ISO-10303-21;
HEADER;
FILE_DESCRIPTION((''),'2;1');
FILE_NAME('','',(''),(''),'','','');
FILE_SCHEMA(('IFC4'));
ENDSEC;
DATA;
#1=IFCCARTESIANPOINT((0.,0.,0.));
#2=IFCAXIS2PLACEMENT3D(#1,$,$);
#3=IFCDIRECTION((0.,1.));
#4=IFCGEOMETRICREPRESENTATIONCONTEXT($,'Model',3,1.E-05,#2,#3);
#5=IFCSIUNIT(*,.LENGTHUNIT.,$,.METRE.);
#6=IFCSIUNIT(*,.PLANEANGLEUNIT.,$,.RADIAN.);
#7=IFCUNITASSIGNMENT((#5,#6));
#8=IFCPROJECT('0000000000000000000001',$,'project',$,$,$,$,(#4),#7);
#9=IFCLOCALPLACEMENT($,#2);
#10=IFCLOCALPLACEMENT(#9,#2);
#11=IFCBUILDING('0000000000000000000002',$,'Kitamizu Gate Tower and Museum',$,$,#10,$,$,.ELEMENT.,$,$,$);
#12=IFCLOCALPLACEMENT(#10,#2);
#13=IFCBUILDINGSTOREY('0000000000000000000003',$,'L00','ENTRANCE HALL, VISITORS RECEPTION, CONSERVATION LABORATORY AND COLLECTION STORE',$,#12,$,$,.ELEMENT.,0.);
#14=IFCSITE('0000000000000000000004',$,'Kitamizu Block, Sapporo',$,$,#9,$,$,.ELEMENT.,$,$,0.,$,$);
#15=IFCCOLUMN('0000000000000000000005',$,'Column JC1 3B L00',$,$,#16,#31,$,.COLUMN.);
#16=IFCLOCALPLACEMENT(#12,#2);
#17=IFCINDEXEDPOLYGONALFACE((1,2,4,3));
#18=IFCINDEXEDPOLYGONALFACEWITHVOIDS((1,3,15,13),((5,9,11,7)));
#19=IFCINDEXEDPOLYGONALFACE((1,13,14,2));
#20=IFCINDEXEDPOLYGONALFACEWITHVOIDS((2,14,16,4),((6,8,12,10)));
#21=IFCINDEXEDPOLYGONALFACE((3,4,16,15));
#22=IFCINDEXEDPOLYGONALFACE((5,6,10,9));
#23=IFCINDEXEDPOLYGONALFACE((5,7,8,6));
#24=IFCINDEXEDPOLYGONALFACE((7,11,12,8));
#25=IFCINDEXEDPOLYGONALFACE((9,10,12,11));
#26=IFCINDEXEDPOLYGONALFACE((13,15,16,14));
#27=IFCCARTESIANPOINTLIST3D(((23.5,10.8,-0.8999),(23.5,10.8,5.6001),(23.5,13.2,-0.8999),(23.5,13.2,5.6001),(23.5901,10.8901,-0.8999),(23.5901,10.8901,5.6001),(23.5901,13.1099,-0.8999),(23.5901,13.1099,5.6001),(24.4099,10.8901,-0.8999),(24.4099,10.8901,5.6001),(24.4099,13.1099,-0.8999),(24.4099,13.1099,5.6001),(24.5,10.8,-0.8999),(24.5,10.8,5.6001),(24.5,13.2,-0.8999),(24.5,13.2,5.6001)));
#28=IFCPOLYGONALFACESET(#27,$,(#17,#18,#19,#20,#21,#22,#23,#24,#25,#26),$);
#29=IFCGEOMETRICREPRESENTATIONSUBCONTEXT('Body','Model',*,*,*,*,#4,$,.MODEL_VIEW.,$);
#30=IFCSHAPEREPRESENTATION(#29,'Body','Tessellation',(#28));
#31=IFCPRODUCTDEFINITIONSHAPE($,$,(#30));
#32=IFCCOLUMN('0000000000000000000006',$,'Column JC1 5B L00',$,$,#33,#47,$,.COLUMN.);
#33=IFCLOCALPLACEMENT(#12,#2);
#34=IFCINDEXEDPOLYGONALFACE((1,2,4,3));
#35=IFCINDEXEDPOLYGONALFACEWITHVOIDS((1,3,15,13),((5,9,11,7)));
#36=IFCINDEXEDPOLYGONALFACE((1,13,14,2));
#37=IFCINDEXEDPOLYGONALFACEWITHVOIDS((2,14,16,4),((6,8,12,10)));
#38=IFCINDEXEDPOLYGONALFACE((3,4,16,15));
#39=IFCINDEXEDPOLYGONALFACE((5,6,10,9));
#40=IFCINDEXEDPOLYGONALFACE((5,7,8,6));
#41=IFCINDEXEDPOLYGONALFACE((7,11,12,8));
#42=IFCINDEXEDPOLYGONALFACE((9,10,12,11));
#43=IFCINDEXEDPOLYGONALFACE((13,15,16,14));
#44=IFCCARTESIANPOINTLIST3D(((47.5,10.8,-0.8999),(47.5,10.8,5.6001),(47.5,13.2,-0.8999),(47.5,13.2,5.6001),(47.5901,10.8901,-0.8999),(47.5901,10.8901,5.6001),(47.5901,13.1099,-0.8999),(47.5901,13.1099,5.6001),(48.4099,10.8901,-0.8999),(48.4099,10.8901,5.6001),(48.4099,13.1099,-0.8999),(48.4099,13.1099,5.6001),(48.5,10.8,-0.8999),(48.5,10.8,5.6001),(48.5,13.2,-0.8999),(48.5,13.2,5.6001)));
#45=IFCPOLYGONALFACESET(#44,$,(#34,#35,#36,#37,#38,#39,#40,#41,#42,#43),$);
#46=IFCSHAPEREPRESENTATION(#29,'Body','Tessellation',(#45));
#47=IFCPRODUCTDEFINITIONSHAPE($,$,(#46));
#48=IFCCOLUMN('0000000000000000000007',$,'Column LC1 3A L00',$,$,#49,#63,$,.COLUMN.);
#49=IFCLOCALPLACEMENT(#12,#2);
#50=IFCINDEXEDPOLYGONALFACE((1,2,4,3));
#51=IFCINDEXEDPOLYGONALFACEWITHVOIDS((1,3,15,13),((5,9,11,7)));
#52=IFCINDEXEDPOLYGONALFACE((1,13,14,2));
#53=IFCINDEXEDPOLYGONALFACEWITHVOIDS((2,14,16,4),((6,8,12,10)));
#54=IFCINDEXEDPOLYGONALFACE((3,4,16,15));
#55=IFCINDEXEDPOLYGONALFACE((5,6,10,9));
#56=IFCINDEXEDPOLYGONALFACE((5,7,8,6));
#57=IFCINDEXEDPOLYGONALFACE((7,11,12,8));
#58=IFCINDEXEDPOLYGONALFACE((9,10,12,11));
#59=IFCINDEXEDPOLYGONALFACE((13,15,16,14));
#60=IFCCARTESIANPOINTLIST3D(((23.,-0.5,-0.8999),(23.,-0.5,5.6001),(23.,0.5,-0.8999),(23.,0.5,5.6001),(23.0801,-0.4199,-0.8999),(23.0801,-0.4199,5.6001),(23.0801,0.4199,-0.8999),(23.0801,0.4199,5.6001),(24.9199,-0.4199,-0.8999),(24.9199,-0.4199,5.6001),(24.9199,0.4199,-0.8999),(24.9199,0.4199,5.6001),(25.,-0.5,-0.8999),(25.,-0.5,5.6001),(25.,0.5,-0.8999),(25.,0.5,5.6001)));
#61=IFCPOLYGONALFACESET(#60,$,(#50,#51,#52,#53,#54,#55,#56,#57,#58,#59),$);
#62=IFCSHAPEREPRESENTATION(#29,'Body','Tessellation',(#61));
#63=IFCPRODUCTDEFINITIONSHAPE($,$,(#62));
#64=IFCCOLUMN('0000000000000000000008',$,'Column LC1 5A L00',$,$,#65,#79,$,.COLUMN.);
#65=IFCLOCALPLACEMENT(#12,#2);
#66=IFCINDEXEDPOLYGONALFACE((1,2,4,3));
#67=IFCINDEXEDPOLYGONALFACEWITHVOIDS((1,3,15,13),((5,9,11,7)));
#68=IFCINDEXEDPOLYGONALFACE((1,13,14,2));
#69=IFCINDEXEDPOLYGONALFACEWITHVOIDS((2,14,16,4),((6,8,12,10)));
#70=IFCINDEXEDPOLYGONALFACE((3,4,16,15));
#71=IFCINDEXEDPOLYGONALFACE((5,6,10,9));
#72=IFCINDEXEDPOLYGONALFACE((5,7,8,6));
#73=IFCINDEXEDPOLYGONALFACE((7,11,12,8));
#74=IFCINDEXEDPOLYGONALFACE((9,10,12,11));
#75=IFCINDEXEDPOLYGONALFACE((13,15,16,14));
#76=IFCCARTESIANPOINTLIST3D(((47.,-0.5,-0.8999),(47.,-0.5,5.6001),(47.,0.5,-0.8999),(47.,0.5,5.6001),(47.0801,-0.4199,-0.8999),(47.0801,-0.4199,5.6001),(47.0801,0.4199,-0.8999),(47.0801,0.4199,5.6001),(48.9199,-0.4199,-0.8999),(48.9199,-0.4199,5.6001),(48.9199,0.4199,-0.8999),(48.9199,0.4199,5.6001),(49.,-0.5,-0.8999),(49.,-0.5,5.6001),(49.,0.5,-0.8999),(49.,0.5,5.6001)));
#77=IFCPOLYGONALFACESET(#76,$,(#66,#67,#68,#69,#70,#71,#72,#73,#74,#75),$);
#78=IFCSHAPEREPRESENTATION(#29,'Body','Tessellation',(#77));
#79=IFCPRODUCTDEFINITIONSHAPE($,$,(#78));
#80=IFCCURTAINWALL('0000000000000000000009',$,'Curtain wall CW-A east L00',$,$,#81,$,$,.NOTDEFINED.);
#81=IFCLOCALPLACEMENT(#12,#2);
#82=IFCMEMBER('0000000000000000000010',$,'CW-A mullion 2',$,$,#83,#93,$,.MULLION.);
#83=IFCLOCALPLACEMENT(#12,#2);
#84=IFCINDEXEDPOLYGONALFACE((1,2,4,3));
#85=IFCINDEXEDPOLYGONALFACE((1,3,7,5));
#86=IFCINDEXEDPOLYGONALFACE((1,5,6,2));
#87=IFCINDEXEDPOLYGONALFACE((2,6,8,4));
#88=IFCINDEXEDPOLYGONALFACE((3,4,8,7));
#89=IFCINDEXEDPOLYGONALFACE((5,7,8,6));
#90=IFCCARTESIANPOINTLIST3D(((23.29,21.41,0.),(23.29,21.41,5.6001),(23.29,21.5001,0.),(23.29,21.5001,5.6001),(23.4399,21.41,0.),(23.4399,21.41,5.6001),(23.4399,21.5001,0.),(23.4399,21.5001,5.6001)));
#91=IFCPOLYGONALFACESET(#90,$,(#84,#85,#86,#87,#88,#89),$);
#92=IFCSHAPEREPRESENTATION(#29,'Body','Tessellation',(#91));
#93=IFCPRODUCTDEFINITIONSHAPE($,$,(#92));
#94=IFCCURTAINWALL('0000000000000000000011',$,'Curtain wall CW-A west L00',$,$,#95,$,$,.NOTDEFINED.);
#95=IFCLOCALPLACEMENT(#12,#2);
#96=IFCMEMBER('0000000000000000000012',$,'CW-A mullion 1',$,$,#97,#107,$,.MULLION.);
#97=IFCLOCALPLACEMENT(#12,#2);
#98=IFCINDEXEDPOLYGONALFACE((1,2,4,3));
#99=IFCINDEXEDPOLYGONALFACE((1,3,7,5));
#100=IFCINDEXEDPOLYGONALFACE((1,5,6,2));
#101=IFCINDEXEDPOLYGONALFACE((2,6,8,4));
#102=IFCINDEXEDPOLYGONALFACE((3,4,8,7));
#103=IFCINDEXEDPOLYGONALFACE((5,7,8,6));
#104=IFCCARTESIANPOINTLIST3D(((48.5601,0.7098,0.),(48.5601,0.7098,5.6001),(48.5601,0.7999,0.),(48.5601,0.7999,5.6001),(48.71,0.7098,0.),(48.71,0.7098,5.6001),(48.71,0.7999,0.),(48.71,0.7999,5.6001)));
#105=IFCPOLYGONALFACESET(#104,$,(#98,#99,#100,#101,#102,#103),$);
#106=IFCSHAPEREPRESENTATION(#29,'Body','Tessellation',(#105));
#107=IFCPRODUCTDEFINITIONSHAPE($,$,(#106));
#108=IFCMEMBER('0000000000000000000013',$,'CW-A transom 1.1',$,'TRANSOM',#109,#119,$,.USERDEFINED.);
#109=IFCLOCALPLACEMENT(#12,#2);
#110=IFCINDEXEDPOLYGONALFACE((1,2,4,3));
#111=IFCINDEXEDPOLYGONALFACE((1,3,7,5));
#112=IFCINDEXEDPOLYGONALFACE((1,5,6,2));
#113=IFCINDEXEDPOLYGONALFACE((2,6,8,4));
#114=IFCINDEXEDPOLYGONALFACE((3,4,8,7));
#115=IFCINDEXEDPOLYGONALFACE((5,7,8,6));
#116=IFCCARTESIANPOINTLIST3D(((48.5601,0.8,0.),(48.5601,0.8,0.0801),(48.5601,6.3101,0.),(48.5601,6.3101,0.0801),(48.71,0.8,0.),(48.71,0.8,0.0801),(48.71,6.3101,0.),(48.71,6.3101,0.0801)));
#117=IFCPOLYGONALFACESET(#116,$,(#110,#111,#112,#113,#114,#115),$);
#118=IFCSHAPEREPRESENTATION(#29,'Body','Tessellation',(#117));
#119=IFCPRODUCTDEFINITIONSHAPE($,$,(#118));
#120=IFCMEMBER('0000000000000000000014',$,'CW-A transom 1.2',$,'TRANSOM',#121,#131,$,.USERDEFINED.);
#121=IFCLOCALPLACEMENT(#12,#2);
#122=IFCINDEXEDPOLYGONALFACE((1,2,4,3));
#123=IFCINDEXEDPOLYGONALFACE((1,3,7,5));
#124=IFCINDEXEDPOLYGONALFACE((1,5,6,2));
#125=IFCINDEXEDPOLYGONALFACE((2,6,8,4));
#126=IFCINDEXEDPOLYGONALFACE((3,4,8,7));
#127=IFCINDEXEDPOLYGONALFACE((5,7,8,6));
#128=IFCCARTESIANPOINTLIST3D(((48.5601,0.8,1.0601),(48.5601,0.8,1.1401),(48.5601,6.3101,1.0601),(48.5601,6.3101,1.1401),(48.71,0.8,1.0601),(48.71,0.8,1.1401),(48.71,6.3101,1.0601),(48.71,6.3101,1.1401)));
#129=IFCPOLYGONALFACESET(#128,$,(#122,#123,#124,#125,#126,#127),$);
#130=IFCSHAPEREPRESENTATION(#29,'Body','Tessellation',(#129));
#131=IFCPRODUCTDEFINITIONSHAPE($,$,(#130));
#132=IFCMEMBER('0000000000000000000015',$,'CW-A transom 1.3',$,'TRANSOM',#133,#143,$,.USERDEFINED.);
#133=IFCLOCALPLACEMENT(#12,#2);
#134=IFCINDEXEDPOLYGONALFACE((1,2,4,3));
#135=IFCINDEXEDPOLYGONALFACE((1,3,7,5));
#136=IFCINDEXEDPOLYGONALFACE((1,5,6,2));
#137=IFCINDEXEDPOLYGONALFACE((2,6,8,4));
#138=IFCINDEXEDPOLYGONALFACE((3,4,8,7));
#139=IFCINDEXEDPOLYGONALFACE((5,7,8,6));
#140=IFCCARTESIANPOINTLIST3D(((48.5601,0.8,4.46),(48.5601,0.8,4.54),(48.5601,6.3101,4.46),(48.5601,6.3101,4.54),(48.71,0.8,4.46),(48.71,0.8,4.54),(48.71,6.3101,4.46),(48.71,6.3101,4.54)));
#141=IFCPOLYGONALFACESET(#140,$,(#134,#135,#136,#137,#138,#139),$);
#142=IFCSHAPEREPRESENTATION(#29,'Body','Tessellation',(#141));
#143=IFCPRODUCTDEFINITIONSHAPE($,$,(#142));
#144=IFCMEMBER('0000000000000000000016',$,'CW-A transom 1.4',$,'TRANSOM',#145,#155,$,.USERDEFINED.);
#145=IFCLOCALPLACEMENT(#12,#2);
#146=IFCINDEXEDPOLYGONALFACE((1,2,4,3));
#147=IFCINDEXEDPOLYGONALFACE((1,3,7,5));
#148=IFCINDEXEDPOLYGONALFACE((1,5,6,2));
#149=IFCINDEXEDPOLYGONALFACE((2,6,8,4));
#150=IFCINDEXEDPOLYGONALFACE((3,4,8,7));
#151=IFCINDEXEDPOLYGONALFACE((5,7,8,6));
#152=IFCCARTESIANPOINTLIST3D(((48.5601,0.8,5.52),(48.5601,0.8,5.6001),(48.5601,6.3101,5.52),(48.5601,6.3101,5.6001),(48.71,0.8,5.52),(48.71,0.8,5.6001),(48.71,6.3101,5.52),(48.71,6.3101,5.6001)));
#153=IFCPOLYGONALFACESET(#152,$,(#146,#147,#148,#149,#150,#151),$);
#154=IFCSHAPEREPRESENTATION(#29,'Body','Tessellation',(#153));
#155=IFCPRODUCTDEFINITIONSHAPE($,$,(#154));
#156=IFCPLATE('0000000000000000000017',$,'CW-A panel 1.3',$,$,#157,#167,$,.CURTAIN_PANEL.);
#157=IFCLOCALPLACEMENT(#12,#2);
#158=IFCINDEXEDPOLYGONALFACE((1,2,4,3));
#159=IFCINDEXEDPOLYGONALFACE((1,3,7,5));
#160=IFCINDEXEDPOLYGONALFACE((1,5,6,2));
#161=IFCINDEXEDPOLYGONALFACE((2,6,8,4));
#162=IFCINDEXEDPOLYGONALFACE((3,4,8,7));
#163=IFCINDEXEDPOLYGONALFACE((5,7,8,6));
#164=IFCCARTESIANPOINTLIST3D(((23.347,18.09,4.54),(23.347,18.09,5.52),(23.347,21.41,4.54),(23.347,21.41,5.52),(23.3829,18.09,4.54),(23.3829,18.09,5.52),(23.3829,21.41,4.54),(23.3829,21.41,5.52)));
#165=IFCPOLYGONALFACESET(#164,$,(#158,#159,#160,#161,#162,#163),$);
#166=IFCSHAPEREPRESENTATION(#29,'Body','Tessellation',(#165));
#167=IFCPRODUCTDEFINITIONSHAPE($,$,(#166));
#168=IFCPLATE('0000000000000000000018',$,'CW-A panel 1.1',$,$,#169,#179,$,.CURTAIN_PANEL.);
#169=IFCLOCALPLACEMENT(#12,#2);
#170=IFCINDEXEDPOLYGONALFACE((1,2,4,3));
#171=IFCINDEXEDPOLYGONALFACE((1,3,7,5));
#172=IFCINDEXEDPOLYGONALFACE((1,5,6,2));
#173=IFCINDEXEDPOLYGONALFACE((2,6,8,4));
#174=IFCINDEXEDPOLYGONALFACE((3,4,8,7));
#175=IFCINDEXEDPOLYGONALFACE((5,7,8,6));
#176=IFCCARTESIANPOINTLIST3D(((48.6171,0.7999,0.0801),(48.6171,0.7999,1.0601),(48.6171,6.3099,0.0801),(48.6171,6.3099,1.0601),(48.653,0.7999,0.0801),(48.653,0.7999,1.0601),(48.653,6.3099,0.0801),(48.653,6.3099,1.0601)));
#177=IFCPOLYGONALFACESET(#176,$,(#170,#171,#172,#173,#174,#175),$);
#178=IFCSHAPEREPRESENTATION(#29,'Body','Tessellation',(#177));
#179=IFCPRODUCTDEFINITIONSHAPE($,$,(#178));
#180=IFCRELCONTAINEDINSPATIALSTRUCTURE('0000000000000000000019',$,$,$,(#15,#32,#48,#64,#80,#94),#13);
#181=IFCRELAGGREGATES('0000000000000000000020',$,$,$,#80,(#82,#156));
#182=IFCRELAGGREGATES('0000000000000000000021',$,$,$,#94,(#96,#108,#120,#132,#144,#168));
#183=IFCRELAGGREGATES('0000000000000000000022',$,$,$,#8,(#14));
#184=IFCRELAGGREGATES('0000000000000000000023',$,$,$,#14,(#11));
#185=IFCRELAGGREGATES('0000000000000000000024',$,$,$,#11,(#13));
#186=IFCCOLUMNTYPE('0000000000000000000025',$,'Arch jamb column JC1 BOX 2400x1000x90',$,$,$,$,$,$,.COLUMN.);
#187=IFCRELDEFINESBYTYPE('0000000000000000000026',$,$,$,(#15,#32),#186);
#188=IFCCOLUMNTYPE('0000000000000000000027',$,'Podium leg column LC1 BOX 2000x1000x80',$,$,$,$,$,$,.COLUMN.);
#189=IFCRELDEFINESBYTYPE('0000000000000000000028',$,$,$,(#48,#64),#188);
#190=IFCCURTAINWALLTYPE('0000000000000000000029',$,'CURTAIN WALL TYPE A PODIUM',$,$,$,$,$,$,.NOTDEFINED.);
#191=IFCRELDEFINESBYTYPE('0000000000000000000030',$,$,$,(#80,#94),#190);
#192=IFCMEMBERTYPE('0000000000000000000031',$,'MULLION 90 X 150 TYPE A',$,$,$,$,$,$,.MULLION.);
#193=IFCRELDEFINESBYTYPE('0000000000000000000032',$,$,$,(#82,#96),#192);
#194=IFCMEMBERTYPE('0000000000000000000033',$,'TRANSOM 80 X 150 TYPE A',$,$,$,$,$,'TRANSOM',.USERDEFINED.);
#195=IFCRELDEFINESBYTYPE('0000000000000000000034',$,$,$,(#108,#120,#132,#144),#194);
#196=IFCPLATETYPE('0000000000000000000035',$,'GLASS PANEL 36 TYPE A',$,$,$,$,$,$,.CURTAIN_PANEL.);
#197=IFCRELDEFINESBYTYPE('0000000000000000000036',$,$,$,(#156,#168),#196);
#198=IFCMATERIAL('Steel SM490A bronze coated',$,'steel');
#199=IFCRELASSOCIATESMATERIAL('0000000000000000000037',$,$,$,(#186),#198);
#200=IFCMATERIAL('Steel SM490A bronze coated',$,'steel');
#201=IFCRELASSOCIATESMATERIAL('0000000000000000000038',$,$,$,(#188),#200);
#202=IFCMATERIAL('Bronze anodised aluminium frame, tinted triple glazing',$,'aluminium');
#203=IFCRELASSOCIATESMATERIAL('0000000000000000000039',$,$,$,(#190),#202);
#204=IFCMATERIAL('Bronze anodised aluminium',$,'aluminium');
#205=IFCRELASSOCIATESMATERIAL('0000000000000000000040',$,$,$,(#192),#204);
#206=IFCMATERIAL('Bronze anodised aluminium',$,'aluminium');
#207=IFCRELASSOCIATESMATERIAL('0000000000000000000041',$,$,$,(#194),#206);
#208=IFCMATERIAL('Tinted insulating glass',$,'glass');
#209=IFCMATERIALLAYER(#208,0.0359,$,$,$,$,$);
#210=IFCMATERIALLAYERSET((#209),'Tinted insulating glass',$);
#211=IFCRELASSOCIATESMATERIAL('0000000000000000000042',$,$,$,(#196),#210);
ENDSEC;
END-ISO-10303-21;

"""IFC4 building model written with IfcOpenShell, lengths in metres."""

from ifc_helpers import new_model, si_unit, direction, frame, origin, origin_2d, place, context, subcontext, project, spatial, rectangle, hollow_rectangle, extrude, material, layer, layer_set, material_profile, profile_set, type_object, element, aggregate, save


model = new_model("IFC4")

# Units and contexts
model_context = context("Model", 3, precision=1e-05, world=origin(), true_north=direction((0.0, 1.0)))
body_context = subcontext(model_context, "Body", "Model", "MODEL_VIEW")
ifc_project = project(units=[si_unit("LENGTHUNIT", "METRE"), si_unit("PLANEANGLEUNIT", "RADIAN")], contexts=[model_context])

# Site, building, storey
site_placement = place(None, origin())
site = spatial("IfcSite", under=ifc_project, at=site_placement, Name="Kitamizu Block, Sapporo", CompositionType="ELEMENT", RefElevation=0.0)
building_placement = place(site_placement, origin())
building = spatial("IfcBuilding", under=site, at=building_placement, Name="Kitamizu Gate Tower and Museum", CompositionType="ELEMENT")
storey_placement = place(building_placement, origin())
storey = spatial("IfcBuildingStorey", under=building, at=storey_placement, Name="L00", Description="ENTRANCE HALL, VISITORS RECEPTION, CONSERVATION LABORATORY AND COLLECTION STORE", CompositionType="ELEMENT", Elevation=0.0)

# Columns
ifc_material_1 = material(Name="Steel SM490A bronze coated", Category="steel")
ifc_material_profile_1 = material_profile(ifc_material_1, hollow_rectangle(XDim=2.3999, YDim=1.0, WallThickness=0.0901, at=origin_2d()), Name="BOX 2400x1000x90")
ifc_profile_set_1 = profile_set([ifc_material_profile_1], Name="Steel SM490A bronze coated")
column_type_1 = type_object("IfcColumnType", Name="Arch jamb column JC1 BOX 2400x1000x90", PredefinedType="COLUMN", material=ifc_profile_set_1)
for number, where, z_axis, x_axis, name in (
    (1, (24.0, 12.0, -0.8999), (0.0, 0.0, 1.0), (0.0, 1.0, 0.0), "Column JC1 3B L00"),
    (2, (48.0, 12.0, -0.8999), (0.0, 0.0, 1.0), (0.0, 1.0, 0.0), "Column JC1 5B L00"),
):
    element("IfcColumn", number, at=place(storey_placement, frame(where, z_axis=z_axis, x_axis=x_axis)), inside=storey, type_object=column_type_1, Name=name, PredefinedType="COLUMN", context=body_context, shape_type="SweptSolid", body=[
        extrude(hollow_rectangle(XDim=2.3999, YDim=1.0, WallThickness=0.0901, at=origin_2d()), origin(), (0.0, 0.0, 1.0), 6.5),
    ])
ifc_material_2 = material(Name="Steel SM490A bronze coated", Category="steel")
ifc_material_profile_2 = material_profile(ifc_material_2, hollow_rectangle(XDim=2.0, YDim=1.0, WallThickness=0.0801, at=origin_2d()), Name="BOX 2000x1000x80")
ifc_profile_set_2 = profile_set([ifc_material_profile_2], Name="Steel SM490A bronze coated")
column_type_2 = type_object("IfcColumnType", Name="Podium leg column LC1 BOX 2000x1000x80", PredefinedType="COLUMN", material=ifc_profile_set_2)
for number, where, z_axis, x_axis, name in (
    (3, (24.0, 0.0, -0.8999), (0.0, 0.0, 1.0), (1.0, 0.0, 0.0), "Column LC1 3A L00"),
    (4, (48.0, 0.0, -0.8999), (0.0, 0.0, 1.0), (1.0, 0.0, 0.0), "Column LC1 5A L00"),
):
    element("IfcColumn", number, at=place(storey_placement, frame(where, z_axis=z_axis, x_axis=x_axis)), inside=storey, type_object=column_type_2, Name=name, PredefinedType="COLUMN", context=body_context, shape_type="SweptSolid", body=[
        extrude(hollow_rectangle(XDim=2.0, YDim=1.0, WallThickness=0.0801, at=origin_2d()), origin(), (0.0, 0.0, 1.0), 6.5),
    ])

# Curtain wall, member
ifc_material_3 = material(Name="Bronze anodised aluminium frame, tinted triple glazing", Category="aluminium")
curtain_wall_type = type_object("IfcCurtainWallType", Name="CURTAIN WALL TYPE A PODIUM", PredefinedType="NOTDEFINED", material=ifc_material_3)
curtain_wall_1_placement = place(storey_placement, origin())
curtain_wall_1 = element("IfcCurtainWall", 5, at=curtain_wall_1_placement, inside=storey, type_object=curtain_wall_type, Name="Curtain wall CW-A east L00", PredefinedType="NOTDEFINED")
ifc_material_4 = material(Name="Bronze anodised aluminium", Category="aluminium")
ifc_material_profile_3 = material_profile(ifc_material_4, rectangle(XDim=0.0901, YDim=0.1499, at=origin_2d()), Name="AL 90X150")
ifc_profile_set_3 = profile_set([ifc_material_profile_3], Name="Bronze anodised aluminium")
member_type_1 = type_object("IfcMemberType", Name="MULLION 90 X 150 TYPE A", PredefinedType="MULLION", material=ifc_profile_set_3)
member_1_placement = place(storey_placement, frame((23.365, 21.4551, 0.0), z_axis=(0.0, 0.0, 1.0), x_axis=(0.0, 1.0, 0.0)))
member_1 = element("IfcMember", 6, at=member_1_placement, type_object=member_type_1, Name="CW-A mullion 2", PredefinedType="MULLION", context=body_context, shape_type="SweptSolid", body=[
    extrude(rectangle(XDim=0.0901, YDim=0.1499, at=origin_2d()), origin(), (0.0, 0.0, 1.0), 5.6001),
])

# Curtain wall, members
curtain_wall_2_placement = place(storey_placement, origin())
curtain_wall_2 = element("IfcCurtainWall", 7, at=curtain_wall_2_placement, inside=storey, type_object=curtain_wall_type, Name="Curtain wall CW-A west L00", PredefinedType="NOTDEFINED")
member_2_placement = place(storey_placement, frame((48.635, 0.7549, 0.0), z_axis=(0.0, 0.0, 1.0), x_axis=(0.0, 1.0, 0.0)))
member_2 = element("IfcMember", 8, at=member_2_placement, type_object=member_type_1, Name="CW-A mullion 1", PredefinedType="MULLION", context=body_context, shape_type="SweptSolid", body=[
    extrude(rectangle(XDim=0.0901, YDim=0.1499, at=origin_2d()), origin(), (0.0, 0.0, 1.0), 5.6001),
])
ifc_material_5 = material(Name="Bronze anodised aluminium", Category="aluminium")
ifc_material_profile_4 = material_profile(ifc_material_5, rectangle(XDim=0.1499, YDim=0.0801, at=origin_2d()), Name="AL 80X150")
ifc_profile_set_4 = profile_set([ifc_material_profile_4], Name="Bronze anodised aluminium")
member_type_2 = type_object("IfcMemberType", Name="TRANSOM 80 X 150 TYPE A", ElementType="TRANSOM", PredefinedType="USERDEFINED", material=ifc_profile_set_4)
member_3_placement = place(storey_placement, frame((48.635, 0.8, 0.04), z_axis=(0.0, 1.0, 0.0), x_axis=(-1.0, 0.0, 0.0)))
member_3 = element("IfcMember", 9, at=member_3_placement, type_object=member_type_2, Name="CW-A transom 1.1", ObjectType="TRANSOM", PredefinedType="USERDEFINED", context=body_context, shape_type="SweptSolid", body=[
    extrude(rectangle(XDim=0.1499, YDim=0.0801, at=origin_2d()), origin(), (0.0, 0.0, 1.0), 5.51),
])
member_4_placement = place(storey_placement, frame((48.635, 0.8, 1.1001), z_axis=(0.0, 1.0, 0.0), x_axis=(-1.0, 0.0, 0.0)))
member_4 = element("IfcMember", 10, at=member_4_placement, type_object=member_type_2, Name="CW-A transom 1.2", ObjectType="TRANSOM", PredefinedType="USERDEFINED", context=body_context, shape_type="SweptSolid", body=[
    extrude(rectangle(XDim=0.1499, YDim=0.0801, at=origin_2d()), origin(), (0.0, 0.0, 1.0), 5.51),
])
member_5_placement = place(storey_placement, frame((48.635, 0.8, 4.5), z_axis=(0.0, 1.0, 0.0), x_axis=(-1.0, 0.0, 0.0)))
member_5 = element("IfcMember", 11, at=member_5_placement, type_object=member_type_2, Name="CW-A transom 1.3", ObjectType="TRANSOM", PredefinedType="USERDEFINED", context=body_context, shape_type="SweptSolid", body=[
    extrude(rectangle(XDim=0.1499, YDim=0.0801, at=origin_2d()), origin(), (0.0, 0.0, 1.0), 5.51),
])
member_6_placement = place(storey_placement, frame((48.635, 0.8, 5.5601), z_axis=(0.0, 1.0, 0.0), x_axis=(-1.0, 0.0, 0.0)))
member_6 = element("IfcMember", 12, at=member_6_placement, type_object=member_type_2, Name="CW-A transom 1.4", ObjectType="TRANSOM", PredefinedType="USERDEFINED", context=body_context, shape_type="SweptSolid", body=[
    extrude(rectangle(XDim=0.1499, YDim=0.0801, at=origin_2d()), origin(), (0.0, 0.0, 1.0), 5.51),
])

# Plates
ifc_material_6 = material(Name="Tinted insulating glass", Category="glass")
ifc_layer_1 = layer(ifc_material_6, 0.0359)
ifc_layer_set_1 = layer_set([ifc_layer_1], Name="Tinted insulating glass")
plate_type = type_object("IfcPlateType", Name="GLASS PANEL 36 TYPE A", PredefinedType="CURTAIN_PANEL", material=ifc_layer_set_1)
plate_1_placement = place(storey_placement, frame((23.365, 19.75, 4.54), z_axis=(0.0, 0.0, 1.0), x_axis=(0.0, 1.0, 0.0)))
plate_1 = element("IfcPlate", 13, at=plate_1_placement, type_object=plate_type, Name="CW-A panel 1.3", PredefinedType="CURTAIN_PANEL", context=body_context, shape_type="SweptSolid", body=[
    extrude(rectangle(XDim=3.3201, YDim=0.0359, at=origin_2d()), origin(), (0.0, 0.0, 1.0), 0.98),
])
aggregate(curtain_wall_1, [member_1, plate_1])
plate_2_placement = place(storey_placement, frame((48.635, 3.5549, 0.0801), z_axis=(0.0, 0.0, 1.0), x_axis=(0.0, 1.0, 0.0)))
plate_2 = element("IfcPlate", 14, at=plate_2_placement, type_object=plate_type, Name="CW-A panel 1.1", PredefinedType="CURTAIN_PANEL", context=body_context, shape_type="SweptSolid", body=[
    extrude(rectangle(XDim=5.51, YDim=0.0359, at=origin_2d()), origin(), (0.0, 0.0, 1.0), 0.98),
])
aggregate(curtain_wall_2, [member_2, member_3, member_4, member_5, member_6, plate_2])

save(model, "model.ifc")
